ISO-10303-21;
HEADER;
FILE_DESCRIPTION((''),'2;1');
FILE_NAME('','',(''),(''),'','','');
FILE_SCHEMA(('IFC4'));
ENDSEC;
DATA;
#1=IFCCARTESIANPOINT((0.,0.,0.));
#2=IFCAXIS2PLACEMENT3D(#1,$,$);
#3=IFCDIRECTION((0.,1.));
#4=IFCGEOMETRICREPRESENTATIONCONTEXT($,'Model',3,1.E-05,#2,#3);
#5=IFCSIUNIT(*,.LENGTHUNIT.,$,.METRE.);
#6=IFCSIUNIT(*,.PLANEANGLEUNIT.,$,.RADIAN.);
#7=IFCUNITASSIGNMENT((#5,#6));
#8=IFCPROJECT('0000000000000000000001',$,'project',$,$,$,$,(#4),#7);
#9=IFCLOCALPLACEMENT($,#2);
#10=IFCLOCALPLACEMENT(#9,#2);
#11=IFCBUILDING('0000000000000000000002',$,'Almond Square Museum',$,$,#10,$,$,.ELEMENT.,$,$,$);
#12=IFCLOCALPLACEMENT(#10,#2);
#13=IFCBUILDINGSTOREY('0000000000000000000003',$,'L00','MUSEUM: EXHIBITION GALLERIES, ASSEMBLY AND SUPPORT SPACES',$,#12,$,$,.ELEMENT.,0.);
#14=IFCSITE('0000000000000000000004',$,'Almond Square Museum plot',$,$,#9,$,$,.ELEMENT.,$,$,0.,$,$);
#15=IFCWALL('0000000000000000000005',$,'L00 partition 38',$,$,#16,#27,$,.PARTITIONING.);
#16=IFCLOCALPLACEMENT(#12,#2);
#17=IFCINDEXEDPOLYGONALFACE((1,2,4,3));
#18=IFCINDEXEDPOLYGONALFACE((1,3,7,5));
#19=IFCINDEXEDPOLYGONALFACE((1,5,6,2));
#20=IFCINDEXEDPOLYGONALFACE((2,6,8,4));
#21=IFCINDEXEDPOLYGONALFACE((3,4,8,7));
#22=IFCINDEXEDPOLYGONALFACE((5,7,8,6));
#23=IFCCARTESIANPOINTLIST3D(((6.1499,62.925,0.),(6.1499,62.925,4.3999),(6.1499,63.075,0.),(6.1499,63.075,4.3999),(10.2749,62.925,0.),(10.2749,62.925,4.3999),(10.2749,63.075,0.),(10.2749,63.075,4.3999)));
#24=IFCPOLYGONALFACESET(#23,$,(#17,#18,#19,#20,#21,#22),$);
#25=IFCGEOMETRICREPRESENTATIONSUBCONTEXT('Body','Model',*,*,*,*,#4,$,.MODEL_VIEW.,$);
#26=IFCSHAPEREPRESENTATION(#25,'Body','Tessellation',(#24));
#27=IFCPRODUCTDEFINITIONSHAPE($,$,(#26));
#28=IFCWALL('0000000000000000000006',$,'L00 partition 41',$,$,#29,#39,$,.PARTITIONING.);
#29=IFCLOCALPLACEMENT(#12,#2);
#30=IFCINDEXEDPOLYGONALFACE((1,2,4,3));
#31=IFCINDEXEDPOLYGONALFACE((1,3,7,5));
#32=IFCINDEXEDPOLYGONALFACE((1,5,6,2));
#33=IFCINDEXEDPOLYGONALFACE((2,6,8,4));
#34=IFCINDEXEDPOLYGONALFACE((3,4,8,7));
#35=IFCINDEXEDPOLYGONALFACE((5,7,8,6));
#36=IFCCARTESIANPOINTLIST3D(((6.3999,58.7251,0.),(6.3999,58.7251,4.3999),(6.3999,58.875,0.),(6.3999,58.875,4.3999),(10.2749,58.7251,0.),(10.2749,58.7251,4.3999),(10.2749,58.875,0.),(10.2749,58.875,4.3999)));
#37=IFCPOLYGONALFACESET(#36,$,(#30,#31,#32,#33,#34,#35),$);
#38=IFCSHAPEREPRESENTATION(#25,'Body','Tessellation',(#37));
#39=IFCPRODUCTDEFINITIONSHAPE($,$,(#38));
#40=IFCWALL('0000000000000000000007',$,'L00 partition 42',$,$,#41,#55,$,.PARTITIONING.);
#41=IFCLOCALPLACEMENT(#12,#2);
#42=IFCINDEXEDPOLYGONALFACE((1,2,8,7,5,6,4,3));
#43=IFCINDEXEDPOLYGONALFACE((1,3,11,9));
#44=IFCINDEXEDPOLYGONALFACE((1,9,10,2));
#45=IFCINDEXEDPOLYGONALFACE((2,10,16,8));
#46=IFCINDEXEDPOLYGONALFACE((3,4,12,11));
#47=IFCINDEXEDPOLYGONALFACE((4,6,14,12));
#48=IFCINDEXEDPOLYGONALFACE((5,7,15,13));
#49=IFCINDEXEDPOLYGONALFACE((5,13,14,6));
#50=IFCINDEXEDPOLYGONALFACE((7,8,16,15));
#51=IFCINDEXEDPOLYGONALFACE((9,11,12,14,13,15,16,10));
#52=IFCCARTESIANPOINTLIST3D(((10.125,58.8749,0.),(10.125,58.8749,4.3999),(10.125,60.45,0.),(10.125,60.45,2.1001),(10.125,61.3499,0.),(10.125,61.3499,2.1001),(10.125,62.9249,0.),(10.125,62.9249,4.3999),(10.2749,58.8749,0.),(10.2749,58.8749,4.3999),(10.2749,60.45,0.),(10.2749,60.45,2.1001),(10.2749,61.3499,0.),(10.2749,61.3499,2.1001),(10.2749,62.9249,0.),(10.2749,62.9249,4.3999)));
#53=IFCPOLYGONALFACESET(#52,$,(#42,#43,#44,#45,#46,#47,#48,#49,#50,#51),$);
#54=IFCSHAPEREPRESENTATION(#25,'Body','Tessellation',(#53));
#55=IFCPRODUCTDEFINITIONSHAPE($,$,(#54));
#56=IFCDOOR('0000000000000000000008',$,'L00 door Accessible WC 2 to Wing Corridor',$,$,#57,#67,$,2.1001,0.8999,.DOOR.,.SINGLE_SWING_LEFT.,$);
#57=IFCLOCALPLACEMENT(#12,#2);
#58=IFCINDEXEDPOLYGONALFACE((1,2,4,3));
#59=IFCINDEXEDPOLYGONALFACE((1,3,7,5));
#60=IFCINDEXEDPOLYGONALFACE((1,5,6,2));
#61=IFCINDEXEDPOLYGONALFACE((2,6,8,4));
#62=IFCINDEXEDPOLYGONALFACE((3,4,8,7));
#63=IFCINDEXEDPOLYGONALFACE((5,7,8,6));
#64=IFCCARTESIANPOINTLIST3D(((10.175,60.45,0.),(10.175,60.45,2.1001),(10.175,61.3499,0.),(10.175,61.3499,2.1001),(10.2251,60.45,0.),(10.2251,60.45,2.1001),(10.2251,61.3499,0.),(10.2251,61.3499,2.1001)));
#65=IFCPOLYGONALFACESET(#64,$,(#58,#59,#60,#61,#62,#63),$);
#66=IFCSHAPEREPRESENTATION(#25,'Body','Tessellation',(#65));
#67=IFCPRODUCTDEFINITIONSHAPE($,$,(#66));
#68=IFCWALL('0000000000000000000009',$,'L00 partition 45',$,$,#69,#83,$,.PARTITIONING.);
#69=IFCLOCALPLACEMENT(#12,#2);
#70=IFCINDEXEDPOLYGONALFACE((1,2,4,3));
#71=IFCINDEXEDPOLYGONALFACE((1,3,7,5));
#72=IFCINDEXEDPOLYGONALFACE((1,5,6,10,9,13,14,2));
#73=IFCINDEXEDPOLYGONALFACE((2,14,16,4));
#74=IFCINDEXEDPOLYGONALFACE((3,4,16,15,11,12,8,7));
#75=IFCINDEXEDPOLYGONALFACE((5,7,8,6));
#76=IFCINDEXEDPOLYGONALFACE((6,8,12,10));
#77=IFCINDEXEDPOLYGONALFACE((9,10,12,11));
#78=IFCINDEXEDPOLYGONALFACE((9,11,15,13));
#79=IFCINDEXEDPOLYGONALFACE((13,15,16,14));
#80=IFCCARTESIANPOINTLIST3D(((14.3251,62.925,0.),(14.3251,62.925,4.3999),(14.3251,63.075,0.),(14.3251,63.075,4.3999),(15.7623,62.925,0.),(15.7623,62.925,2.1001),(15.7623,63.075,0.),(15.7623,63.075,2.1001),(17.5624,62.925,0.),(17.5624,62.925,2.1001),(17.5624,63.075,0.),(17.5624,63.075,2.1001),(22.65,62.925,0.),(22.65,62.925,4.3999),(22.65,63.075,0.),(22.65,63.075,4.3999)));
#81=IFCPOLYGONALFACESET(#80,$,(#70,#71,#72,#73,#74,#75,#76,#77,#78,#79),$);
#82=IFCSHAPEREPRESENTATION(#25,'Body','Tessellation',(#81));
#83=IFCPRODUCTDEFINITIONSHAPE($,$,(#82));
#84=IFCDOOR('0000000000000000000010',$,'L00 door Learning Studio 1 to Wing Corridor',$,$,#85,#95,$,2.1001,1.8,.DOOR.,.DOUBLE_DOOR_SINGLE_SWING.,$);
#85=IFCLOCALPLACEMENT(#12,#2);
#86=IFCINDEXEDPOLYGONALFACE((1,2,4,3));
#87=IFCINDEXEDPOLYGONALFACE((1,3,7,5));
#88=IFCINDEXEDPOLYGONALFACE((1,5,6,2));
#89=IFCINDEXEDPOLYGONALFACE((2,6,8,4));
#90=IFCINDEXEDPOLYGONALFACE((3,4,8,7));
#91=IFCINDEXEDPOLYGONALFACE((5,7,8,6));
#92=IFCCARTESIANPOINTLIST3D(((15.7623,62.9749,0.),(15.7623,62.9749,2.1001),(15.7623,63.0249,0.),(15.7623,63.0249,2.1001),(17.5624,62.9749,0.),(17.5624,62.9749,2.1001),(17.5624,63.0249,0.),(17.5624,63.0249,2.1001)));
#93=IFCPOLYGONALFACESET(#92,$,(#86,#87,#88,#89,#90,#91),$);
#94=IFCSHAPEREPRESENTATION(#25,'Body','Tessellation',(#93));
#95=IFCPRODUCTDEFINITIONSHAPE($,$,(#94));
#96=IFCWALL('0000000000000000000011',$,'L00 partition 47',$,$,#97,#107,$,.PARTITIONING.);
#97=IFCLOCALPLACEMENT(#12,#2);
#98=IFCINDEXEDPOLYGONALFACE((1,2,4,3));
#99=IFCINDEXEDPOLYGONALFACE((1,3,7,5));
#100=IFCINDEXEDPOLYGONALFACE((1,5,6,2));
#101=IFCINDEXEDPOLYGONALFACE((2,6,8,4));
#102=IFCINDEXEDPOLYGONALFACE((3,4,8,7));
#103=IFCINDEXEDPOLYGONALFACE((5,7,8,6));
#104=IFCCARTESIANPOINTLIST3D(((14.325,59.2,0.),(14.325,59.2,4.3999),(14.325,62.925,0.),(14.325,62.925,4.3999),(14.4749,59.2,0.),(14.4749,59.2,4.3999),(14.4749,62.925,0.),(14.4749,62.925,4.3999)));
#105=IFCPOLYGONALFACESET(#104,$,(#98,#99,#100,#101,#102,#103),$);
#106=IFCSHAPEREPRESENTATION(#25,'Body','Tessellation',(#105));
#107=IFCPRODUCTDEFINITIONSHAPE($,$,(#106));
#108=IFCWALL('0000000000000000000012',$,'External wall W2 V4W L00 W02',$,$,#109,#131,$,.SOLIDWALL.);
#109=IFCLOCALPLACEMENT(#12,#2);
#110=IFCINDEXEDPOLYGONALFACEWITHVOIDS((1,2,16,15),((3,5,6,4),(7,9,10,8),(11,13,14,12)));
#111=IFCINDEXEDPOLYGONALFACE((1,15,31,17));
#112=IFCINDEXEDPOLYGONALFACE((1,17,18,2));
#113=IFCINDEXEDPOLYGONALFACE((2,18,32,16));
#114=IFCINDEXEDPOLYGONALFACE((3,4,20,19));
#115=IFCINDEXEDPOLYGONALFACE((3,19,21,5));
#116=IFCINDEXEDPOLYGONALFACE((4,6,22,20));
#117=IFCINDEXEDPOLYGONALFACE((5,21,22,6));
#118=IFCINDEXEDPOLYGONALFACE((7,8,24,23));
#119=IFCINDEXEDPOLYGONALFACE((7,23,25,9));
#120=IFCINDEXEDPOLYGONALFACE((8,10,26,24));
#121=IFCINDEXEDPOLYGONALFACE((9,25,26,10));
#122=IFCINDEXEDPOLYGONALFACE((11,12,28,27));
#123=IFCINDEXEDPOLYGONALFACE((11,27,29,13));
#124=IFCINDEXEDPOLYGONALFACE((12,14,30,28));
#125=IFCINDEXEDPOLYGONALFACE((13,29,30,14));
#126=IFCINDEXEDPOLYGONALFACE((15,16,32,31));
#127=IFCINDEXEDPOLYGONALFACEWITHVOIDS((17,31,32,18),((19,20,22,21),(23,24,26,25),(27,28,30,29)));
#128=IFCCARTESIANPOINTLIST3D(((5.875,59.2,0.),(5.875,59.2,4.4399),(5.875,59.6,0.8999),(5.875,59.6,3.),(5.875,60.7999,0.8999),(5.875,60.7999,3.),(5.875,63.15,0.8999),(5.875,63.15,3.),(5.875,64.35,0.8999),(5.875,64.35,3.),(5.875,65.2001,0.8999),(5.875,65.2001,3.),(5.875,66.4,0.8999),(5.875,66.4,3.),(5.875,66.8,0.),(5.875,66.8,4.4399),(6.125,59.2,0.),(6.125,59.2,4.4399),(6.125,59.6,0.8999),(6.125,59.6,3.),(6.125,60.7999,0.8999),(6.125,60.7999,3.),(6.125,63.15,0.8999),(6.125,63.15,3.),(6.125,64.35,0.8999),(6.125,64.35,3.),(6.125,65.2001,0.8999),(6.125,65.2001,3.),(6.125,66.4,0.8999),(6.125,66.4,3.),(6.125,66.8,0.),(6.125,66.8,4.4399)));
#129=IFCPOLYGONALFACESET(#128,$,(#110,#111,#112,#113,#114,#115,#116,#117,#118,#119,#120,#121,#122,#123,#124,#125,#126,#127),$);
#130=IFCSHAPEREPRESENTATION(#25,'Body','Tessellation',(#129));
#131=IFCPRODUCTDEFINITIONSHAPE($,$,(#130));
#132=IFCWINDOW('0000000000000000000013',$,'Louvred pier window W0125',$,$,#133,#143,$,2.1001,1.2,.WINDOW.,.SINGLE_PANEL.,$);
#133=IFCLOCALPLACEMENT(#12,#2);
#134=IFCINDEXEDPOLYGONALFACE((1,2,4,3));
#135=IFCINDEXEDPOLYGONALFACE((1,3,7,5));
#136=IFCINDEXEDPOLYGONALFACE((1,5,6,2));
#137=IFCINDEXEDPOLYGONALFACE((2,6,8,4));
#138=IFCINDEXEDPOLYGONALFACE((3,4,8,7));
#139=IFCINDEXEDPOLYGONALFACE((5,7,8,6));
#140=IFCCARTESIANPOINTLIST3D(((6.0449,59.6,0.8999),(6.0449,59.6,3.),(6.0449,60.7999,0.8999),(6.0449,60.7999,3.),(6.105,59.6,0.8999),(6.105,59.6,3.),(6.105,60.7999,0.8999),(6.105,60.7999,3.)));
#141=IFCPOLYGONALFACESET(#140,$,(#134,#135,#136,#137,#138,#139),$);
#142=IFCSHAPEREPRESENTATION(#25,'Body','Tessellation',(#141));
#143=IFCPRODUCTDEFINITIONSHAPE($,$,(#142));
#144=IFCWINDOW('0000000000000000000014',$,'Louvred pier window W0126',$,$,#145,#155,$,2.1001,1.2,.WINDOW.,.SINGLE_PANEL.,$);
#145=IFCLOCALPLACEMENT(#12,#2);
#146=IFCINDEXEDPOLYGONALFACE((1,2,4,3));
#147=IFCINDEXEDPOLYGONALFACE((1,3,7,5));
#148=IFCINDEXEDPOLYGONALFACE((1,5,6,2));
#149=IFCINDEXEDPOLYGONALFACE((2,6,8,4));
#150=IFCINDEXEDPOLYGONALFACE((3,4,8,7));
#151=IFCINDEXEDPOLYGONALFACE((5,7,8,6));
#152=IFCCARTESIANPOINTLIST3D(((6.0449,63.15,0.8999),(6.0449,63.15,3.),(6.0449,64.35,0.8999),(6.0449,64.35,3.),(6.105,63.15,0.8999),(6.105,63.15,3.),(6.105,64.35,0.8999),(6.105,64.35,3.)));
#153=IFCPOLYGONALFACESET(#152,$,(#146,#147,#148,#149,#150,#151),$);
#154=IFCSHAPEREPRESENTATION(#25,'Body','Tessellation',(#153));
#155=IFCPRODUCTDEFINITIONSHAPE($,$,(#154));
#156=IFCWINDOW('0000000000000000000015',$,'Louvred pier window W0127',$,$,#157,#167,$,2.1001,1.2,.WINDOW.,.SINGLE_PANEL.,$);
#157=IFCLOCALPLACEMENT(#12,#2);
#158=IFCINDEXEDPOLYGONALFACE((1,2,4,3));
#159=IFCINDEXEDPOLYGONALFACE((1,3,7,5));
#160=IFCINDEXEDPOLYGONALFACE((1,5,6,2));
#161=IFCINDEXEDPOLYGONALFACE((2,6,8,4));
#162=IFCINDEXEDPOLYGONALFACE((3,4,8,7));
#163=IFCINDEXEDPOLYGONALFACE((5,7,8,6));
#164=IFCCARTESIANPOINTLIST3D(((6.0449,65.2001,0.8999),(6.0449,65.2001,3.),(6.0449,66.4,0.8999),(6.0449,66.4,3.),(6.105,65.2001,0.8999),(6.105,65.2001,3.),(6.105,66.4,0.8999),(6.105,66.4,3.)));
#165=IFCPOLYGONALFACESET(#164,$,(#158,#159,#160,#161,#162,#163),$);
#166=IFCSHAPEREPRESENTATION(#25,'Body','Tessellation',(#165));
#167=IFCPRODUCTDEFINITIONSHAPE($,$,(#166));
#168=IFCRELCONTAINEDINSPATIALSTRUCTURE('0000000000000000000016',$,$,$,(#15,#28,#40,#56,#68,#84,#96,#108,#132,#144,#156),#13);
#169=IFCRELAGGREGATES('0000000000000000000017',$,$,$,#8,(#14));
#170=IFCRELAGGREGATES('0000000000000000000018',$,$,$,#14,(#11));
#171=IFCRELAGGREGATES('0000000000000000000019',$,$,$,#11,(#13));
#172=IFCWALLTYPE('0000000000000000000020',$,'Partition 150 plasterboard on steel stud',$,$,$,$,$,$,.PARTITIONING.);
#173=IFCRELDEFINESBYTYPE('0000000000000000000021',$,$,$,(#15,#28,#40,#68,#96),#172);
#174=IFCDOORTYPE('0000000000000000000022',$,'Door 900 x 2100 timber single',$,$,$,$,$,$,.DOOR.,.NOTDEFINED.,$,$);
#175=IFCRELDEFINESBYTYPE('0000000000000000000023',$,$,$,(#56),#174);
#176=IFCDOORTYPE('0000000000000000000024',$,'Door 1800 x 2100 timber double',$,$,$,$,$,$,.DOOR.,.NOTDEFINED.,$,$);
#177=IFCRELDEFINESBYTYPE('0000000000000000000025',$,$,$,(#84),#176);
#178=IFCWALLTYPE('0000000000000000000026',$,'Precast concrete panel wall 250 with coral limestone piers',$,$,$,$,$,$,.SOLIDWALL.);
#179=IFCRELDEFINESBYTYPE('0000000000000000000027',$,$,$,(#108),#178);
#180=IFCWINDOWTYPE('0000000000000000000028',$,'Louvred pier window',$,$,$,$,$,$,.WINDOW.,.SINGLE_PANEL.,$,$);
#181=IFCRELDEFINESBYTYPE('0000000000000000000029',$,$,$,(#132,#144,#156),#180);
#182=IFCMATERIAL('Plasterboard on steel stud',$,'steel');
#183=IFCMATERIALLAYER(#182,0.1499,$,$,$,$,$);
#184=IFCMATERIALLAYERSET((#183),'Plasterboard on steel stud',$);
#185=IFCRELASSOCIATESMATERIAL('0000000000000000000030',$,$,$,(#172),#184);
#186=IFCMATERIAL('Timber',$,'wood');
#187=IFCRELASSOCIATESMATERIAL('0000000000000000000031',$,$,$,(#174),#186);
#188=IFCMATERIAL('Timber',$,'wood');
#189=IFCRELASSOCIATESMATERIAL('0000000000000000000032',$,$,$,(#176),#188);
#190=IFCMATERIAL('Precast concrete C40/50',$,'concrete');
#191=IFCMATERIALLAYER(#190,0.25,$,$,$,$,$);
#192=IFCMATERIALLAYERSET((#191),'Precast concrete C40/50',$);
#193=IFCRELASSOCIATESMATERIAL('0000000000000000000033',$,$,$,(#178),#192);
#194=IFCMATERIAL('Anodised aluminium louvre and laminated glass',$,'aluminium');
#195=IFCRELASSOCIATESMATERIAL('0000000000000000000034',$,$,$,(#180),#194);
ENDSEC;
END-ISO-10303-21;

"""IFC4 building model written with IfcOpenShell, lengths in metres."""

from ifc_helpers import new_model, si_unit, direction, frame, frame_2d, origin, place, context, subcontext, project, spatial, rectangle, extrude, material, layer, layer_set, type_object, element, fill, save


model = new_model("IFC4")

# Units and contexts
model_context = context("Model", 3, precision=1e-05, world=origin(), true_north=direction((0.0, 1.0)))
body_context = subcontext(model_context, "Body", "Model", "MODEL_VIEW")
ifc_project = project(units=[si_unit("LENGTHUNIT", "METRE"), si_unit("PLANEANGLEUNIT", "RADIAN")], contexts=[model_context])

# Site, building, storey
site_placement = place(None, origin())
site = spatial("IfcSite", under=ifc_project, at=site_placement, Name="Almond Square Museum plot", CompositionType="ELEMENT", RefElevation=0.0)
building_placement = place(site_placement, origin())
building = spatial("IfcBuilding", under=site, at=building_placement, Name="Almond Square Museum", CompositionType="ELEMENT")
storey_placement = place(building_placement, origin())
storey = spatial("IfcBuildingStorey", under=building, at=storey_placement, Name="L00", Description="MUSEUM: EXHIBITION GALLERIES, ASSEMBLY AND SUPPORT SPACES", CompositionType="ELEMENT", Elevation=0.0)

# Walls
ifc_material_1 = material(Name="Plasterboard on steel stud", Category="steel")
ifc_layer_1 = layer(ifc_material_1, 0.1499)
ifc_layer_set_1 = layer_set([ifc_layer_1], Name="Plasterboard on steel stud")
wall_type_1 = type_object("IfcWallType", Name="Partition 150 plasterboard on steel stud", PredefinedType="PARTITIONING", material=ifc_layer_set_1)
wall_1_placement = place(storey_placement, frame((6.1499, 63.0, 0.0), z_axis=(0.0, 0.0, 1.0), x_axis=(1.0, 0.0, 0.0)))
element("IfcWall", 1, at=wall_1_placement, inside=storey, type_object=wall_type_1, Name="L00 partition 38", PredefinedType="PARTITIONING", context=body_context, shape_type="SweptSolid", body=[
    extrude(rectangle(XDim=4.125, YDim=0.1499, at=frame_2d((2.0625, 0.0))), origin(), (0.0, 0.0, 1.0), 4.3999),
])
wall_2_placement = place(storey_placement, frame((6.3999, 58.8, 0.0), z_axis=(0.0, 0.0, 1.0), x_axis=(1.0, 0.0, 0.0)))
element("IfcWall", 2, at=wall_2_placement, inside=storey, type_object=wall_type_1, Name="L00 partition 41", PredefinedType="PARTITIONING", context=body_context, shape_type="SweptSolid", body=[
    extrude(rectangle(XDim=3.875, YDim=0.1499, at=frame_2d((1.9375, 0.0))), origin(), (0.0, 0.0, 1.0), 4.3999),
])

# Walls, openings, doors
wall_3_placement = place(storey_placement, frame((10.2, 58.875, 0.0), z_axis=(0.0, 0.0, 1.0), x_axis=(0.0, 1.0, 0.0)))
wall_3 = element("IfcWall", 3, at=wall_3_placement, inside=storey, type_object=wall_type_1, Name="L00 partition 42", PredefinedType="PARTITIONING", context=body_context, shape_type="SweptSolid", body=[
    extrude(rectangle(XDim=4.05, YDim=0.1499, at=frame_2d((2.0249, 0.0))), origin(), (0.0, 0.0, 1.0), 4.3999),
])
opening_1_placement = place(wall_3_placement, frame((1.575, 0.0, 0.0)))
opening_1 = element("IfcOpeningElement", 4, at=opening_1_placement, cuts=wall_3, PredefinedType="OPENING", context=body_context, shape_type="SweptSolid", body=[
    extrude(rectangle(XDim=0.8999, YDim=2.1001, at=frame_2d((0.45, 1.05))), frame((0.0, 0.085, 0.0), z_axis=(0.0, -1.0, 0.0), x_axis=(1.0, 0.0, 0.0)), (0.0, 0.0, 1.0), 0.1699),
])
ifc_material_2 = material(Name="Timber", Category="wood")
door_type_1 = type_object("IfcDoorType", Name="Door 900 x 2100 timber single", OperationType="NOTDEFINED", PredefinedType="DOOR", material=ifc_material_2)
door_1_placement = place(opening_1_placement, origin())
door_1 = element("IfcDoor", 5, at=door_1_placement, inside=storey, type_object=door_type_1, Name="L00 door Accessible WC 2 to Wing Corridor", OperationType="SINGLE_SWING_LEFT", OverallHeight=2.1001, OverallWidth=0.8999, PredefinedType="DOOR", context=body_context, shape_type="SweptSolid", body=[
    extrude(rectangle(XDim=0.8999, YDim=2.1001, at=frame_2d((0.45, 1.05))), frame((0.0, 0.0249, 0.0), z_axis=(0.0, -1.0, 0.0), x_axis=(1.0, 0.0, 0.0)), (0.0, 0.0, 1.0), 0.05),
])
fill(opening_1, door_1)
wall_4_placement = place(storey_placement, frame((14.325, 63.0, 0.0), z_axis=(0.0, 0.0, 1.0), x_axis=(1.0, 0.0, 0.0)))
wall_4 = element("IfcWall", 6, at=wall_4_placement, inside=storey, type_object=wall_type_1, Name="L00 partition 45", PredefinedType="PARTITIONING", context=body_context, shape_type="SweptSolid", body=[
    extrude(rectangle(XDim=8.325, YDim=0.1499, at=frame_2d((4.1626, 0.0))), origin(), (0.0, 0.0, 1.0), 4.3999),
])
opening_2_placement = place(wall_4_placement, frame((1.4375, 0.0, 0.0)))
opening_2 = element("IfcOpeningElement", 7, at=opening_2_placement, cuts=wall_4, PredefinedType="OPENING", context=body_context, shape_type="SweptSolid", body=[
    extrude(rectangle(XDim=1.8, YDim=2.1001, at=frame_2d((0.8999, 1.05))), frame((0.0, 0.085, 0.0), z_axis=(0.0, -1.0, 0.0), x_axis=(1.0, 0.0, 0.0)), (0.0, 0.0, 1.0), 0.1699),
])
ifc_material_3 = material(Name="Timber", Category="wood")
door_type_2 = type_object("IfcDoorType", Name="Door 1800 x 2100 timber double", OperationType="NOTDEFINED", PredefinedType="DOOR", material=ifc_material_3)
door_2_placement = place(opening_2_placement, origin())
door_2 = element("IfcDoor", 8, at=door_2_placement, inside=storey, type_object=door_type_2, Name="L00 door Learning Studio 1 to Wing Corridor", OperationType="DOUBLE_DOOR_SINGLE_SWING", OverallHeight=2.1001, OverallWidth=1.8, PredefinedType="DOOR", context=body_context, shape_type="SweptSolid", body=[
    extrude(rectangle(XDim=1.8, YDim=2.1001, at=frame_2d((0.8999, 1.05))), frame((0.0, 0.0249, 0.0), z_axis=(0.0, -1.0, 0.0), x_axis=(1.0, 0.0, 0.0)), (0.0, 0.0, 1.0), 0.05),
])
fill(opening_2, door_2)

# Wall
wall_5_placement = place(storey_placement, frame((14.3999, 59.2, 0.0), z_axis=(0.0, 0.0, 1.0), x_axis=(0.0, 1.0, 0.0)))
element("IfcWall", 9, at=wall_5_placement, inside=storey, type_object=wall_type_1, Name="L00 partition 47", PredefinedType="PARTITIONING", context=body_context, shape_type="SweptSolid", body=[
    extrude(rectangle(XDim=3.7251, YDim=0.1499, at=frame_2d((1.8625, 0.0))), origin(), (0.0, 0.0, 1.0), 4.3999),
])

# Wall, openings, windows
ifc_material_4 = material(Name="Precast concrete C40/50", Category="concrete")
ifc_layer_2 = layer(ifc_material_4, 0.25)
ifc_layer_set_2 = layer_set([ifc_layer_2], Name="Precast concrete C40/50")
wall_type_2 = type_object("IfcWallType", Name="Precast concrete panel wall 250 with coral limestone piers", PredefinedType="SOLIDWALL", material=ifc_layer_set_2)
wall_6_placement = place(storey_placement, frame((6.0, 59.2, 0.0), z_axis=(0.0, 0.0, 1.0), x_axis=(0.0, 1.0, 0.0)))
wall_6 = element("IfcWall", 10, at=wall_6_placement, inside=storey, type_object=wall_type_2, Name="External wall W2 V4W L00 W02", PredefinedType="SOLIDWALL", context=body_context, shape_type="SweptSolid", body=[
    extrude(rectangle(XDim=7.6001, YDim=0.25, at=frame_2d((3.8, 0.0))), origin(), (0.0, 0.0, 1.0), 4.4399),
])
opening_3_placement = place(wall_6_placement, frame((0.3999, 0.0, 0.8999)))
opening_3 = element("IfcOpeningElement", 11, at=opening_3_placement, cuts=wall_6, PredefinedType="OPENING", context=body_context, shape_type="SweptSolid", body=[
    extrude(rectangle(XDim=1.2, YDim=2.1001, at=frame_2d((0.6001, 1.05))), frame((0.0, 0.135, 0.0), z_axis=(0.0, -1.0, 0.0), x_axis=(1.0, 0.0, 0.0)), (0.0, 0.0, 1.0), 0.27),
])
opening_4_placement = place(wall_6_placement, frame((3.95, 0.0, 0.8999)))
opening_4 = element("IfcOpeningElement", 12, at=opening_4_placement, cuts=wall_6, PredefinedType="OPENING", context=body_context, shape_type="SweptSolid", body=[
    extrude(rectangle(XDim=1.2, YDim=2.1001, at=frame_2d((0.6001, 1.05))), frame((0.0, 0.135, 0.0), z_axis=(0.0, -1.0, 0.0), x_axis=(1.0, 0.0, 0.0)), (0.0, 0.0, 1.0), 0.27),
])
opening_5_placement = place(wall_6_placement, frame((6.0, 0.0, 0.8999)))
opening_5 = element("IfcOpeningElement", 13, at=opening_5_placement, cuts=wall_6, PredefinedType="OPENING", context=body_context, shape_type="SweptSolid", body=[
    extrude(rectangle(XDim=1.2, YDim=2.1001, at=frame_2d((0.6001, 1.05))), frame((0.0, 0.135, 0.0), z_axis=(0.0, -1.0, 0.0), x_axis=(1.0, 0.0, 0.0)), (0.0, 0.0, 1.0), 0.27),
])
ifc_material_5 = material(Name="Anodised aluminium louvre and laminated glass", Category="aluminium")
window_type = type_object("IfcWindowType", Name="Louvred pier window", PartitioningType="SINGLE_PANEL", PredefinedType="WINDOW", material=ifc_material_5)
window_1_placement = place(opening_3_placement, origin())
window_1 = element("IfcWindow", 14, at=window_1_placement, inside=storey, type_object=window_type, Name="Louvred pier window W0125", OverallHeight=2.1001, OverallWidth=1.2, PartitioningType="SINGLE_PANEL", PredefinedType="WINDOW", context=body_context, shape_type="SweptSolid", body=[
    extrude(rectangle(XDim=1.2, YDim=2.1001, at=frame_2d((0.6001, 1.05))), frame((0.0, -0.0449, 0.0), z_axis=(0.0, -1.0, 0.0), x_axis=(1.0, 0.0, 0.0)), (0.0, 0.0, 1.0), 0.0601),
])
fill(opening_3, window_1)
window_2_placement = place(opening_4_placement, origin())
window_2 = element("IfcWindow", 15, at=window_2_placement, inside=storey, type_object=window_type, Name="Louvred pier window W0126", OverallHeight=2.1001, OverallWidth=1.2, PartitioningType="SINGLE_PANEL", PredefinedType="WINDOW", context=body_context, shape_type="SweptSolid", body=[
    extrude(rectangle(XDim=1.2, YDim=2.1001, at=frame_2d((0.6001, 1.05))), frame((0.0, -0.0449, 0.0), z_axis=(0.0, -1.0, 0.0), x_axis=(1.0, 0.0, 0.0)), (0.0, 0.0, 1.0), 0.0601),
])
fill(opening_4, window_2)
window_3_placement = place(opening_5_placement, origin())
window_3 = element("IfcWindow", 16, at=window_3_placement, inside=storey, type_object=window_type, Name="Louvred pier window W0127", OverallHeight=2.1001, OverallWidth=1.2, PartitioningType="SINGLE_PANEL", PredefinedType="WINDOW", context=body_context, shape_type="SweptSolid", body=[
    extrude(rectangle(XDim=1.2, YDim=2.1001, at=frame_2d((0.6001, 1.05))), frame((0.0, -0.0449, 0.0), z_axis=(0.0, -1.0, 0.0), x_axis=(1.0, 0.0, 0.0)), (0.0, 0.0, 1.0), 0.0601),
])
fill(opening_5, window_3)

save(model, "model.ifc")
